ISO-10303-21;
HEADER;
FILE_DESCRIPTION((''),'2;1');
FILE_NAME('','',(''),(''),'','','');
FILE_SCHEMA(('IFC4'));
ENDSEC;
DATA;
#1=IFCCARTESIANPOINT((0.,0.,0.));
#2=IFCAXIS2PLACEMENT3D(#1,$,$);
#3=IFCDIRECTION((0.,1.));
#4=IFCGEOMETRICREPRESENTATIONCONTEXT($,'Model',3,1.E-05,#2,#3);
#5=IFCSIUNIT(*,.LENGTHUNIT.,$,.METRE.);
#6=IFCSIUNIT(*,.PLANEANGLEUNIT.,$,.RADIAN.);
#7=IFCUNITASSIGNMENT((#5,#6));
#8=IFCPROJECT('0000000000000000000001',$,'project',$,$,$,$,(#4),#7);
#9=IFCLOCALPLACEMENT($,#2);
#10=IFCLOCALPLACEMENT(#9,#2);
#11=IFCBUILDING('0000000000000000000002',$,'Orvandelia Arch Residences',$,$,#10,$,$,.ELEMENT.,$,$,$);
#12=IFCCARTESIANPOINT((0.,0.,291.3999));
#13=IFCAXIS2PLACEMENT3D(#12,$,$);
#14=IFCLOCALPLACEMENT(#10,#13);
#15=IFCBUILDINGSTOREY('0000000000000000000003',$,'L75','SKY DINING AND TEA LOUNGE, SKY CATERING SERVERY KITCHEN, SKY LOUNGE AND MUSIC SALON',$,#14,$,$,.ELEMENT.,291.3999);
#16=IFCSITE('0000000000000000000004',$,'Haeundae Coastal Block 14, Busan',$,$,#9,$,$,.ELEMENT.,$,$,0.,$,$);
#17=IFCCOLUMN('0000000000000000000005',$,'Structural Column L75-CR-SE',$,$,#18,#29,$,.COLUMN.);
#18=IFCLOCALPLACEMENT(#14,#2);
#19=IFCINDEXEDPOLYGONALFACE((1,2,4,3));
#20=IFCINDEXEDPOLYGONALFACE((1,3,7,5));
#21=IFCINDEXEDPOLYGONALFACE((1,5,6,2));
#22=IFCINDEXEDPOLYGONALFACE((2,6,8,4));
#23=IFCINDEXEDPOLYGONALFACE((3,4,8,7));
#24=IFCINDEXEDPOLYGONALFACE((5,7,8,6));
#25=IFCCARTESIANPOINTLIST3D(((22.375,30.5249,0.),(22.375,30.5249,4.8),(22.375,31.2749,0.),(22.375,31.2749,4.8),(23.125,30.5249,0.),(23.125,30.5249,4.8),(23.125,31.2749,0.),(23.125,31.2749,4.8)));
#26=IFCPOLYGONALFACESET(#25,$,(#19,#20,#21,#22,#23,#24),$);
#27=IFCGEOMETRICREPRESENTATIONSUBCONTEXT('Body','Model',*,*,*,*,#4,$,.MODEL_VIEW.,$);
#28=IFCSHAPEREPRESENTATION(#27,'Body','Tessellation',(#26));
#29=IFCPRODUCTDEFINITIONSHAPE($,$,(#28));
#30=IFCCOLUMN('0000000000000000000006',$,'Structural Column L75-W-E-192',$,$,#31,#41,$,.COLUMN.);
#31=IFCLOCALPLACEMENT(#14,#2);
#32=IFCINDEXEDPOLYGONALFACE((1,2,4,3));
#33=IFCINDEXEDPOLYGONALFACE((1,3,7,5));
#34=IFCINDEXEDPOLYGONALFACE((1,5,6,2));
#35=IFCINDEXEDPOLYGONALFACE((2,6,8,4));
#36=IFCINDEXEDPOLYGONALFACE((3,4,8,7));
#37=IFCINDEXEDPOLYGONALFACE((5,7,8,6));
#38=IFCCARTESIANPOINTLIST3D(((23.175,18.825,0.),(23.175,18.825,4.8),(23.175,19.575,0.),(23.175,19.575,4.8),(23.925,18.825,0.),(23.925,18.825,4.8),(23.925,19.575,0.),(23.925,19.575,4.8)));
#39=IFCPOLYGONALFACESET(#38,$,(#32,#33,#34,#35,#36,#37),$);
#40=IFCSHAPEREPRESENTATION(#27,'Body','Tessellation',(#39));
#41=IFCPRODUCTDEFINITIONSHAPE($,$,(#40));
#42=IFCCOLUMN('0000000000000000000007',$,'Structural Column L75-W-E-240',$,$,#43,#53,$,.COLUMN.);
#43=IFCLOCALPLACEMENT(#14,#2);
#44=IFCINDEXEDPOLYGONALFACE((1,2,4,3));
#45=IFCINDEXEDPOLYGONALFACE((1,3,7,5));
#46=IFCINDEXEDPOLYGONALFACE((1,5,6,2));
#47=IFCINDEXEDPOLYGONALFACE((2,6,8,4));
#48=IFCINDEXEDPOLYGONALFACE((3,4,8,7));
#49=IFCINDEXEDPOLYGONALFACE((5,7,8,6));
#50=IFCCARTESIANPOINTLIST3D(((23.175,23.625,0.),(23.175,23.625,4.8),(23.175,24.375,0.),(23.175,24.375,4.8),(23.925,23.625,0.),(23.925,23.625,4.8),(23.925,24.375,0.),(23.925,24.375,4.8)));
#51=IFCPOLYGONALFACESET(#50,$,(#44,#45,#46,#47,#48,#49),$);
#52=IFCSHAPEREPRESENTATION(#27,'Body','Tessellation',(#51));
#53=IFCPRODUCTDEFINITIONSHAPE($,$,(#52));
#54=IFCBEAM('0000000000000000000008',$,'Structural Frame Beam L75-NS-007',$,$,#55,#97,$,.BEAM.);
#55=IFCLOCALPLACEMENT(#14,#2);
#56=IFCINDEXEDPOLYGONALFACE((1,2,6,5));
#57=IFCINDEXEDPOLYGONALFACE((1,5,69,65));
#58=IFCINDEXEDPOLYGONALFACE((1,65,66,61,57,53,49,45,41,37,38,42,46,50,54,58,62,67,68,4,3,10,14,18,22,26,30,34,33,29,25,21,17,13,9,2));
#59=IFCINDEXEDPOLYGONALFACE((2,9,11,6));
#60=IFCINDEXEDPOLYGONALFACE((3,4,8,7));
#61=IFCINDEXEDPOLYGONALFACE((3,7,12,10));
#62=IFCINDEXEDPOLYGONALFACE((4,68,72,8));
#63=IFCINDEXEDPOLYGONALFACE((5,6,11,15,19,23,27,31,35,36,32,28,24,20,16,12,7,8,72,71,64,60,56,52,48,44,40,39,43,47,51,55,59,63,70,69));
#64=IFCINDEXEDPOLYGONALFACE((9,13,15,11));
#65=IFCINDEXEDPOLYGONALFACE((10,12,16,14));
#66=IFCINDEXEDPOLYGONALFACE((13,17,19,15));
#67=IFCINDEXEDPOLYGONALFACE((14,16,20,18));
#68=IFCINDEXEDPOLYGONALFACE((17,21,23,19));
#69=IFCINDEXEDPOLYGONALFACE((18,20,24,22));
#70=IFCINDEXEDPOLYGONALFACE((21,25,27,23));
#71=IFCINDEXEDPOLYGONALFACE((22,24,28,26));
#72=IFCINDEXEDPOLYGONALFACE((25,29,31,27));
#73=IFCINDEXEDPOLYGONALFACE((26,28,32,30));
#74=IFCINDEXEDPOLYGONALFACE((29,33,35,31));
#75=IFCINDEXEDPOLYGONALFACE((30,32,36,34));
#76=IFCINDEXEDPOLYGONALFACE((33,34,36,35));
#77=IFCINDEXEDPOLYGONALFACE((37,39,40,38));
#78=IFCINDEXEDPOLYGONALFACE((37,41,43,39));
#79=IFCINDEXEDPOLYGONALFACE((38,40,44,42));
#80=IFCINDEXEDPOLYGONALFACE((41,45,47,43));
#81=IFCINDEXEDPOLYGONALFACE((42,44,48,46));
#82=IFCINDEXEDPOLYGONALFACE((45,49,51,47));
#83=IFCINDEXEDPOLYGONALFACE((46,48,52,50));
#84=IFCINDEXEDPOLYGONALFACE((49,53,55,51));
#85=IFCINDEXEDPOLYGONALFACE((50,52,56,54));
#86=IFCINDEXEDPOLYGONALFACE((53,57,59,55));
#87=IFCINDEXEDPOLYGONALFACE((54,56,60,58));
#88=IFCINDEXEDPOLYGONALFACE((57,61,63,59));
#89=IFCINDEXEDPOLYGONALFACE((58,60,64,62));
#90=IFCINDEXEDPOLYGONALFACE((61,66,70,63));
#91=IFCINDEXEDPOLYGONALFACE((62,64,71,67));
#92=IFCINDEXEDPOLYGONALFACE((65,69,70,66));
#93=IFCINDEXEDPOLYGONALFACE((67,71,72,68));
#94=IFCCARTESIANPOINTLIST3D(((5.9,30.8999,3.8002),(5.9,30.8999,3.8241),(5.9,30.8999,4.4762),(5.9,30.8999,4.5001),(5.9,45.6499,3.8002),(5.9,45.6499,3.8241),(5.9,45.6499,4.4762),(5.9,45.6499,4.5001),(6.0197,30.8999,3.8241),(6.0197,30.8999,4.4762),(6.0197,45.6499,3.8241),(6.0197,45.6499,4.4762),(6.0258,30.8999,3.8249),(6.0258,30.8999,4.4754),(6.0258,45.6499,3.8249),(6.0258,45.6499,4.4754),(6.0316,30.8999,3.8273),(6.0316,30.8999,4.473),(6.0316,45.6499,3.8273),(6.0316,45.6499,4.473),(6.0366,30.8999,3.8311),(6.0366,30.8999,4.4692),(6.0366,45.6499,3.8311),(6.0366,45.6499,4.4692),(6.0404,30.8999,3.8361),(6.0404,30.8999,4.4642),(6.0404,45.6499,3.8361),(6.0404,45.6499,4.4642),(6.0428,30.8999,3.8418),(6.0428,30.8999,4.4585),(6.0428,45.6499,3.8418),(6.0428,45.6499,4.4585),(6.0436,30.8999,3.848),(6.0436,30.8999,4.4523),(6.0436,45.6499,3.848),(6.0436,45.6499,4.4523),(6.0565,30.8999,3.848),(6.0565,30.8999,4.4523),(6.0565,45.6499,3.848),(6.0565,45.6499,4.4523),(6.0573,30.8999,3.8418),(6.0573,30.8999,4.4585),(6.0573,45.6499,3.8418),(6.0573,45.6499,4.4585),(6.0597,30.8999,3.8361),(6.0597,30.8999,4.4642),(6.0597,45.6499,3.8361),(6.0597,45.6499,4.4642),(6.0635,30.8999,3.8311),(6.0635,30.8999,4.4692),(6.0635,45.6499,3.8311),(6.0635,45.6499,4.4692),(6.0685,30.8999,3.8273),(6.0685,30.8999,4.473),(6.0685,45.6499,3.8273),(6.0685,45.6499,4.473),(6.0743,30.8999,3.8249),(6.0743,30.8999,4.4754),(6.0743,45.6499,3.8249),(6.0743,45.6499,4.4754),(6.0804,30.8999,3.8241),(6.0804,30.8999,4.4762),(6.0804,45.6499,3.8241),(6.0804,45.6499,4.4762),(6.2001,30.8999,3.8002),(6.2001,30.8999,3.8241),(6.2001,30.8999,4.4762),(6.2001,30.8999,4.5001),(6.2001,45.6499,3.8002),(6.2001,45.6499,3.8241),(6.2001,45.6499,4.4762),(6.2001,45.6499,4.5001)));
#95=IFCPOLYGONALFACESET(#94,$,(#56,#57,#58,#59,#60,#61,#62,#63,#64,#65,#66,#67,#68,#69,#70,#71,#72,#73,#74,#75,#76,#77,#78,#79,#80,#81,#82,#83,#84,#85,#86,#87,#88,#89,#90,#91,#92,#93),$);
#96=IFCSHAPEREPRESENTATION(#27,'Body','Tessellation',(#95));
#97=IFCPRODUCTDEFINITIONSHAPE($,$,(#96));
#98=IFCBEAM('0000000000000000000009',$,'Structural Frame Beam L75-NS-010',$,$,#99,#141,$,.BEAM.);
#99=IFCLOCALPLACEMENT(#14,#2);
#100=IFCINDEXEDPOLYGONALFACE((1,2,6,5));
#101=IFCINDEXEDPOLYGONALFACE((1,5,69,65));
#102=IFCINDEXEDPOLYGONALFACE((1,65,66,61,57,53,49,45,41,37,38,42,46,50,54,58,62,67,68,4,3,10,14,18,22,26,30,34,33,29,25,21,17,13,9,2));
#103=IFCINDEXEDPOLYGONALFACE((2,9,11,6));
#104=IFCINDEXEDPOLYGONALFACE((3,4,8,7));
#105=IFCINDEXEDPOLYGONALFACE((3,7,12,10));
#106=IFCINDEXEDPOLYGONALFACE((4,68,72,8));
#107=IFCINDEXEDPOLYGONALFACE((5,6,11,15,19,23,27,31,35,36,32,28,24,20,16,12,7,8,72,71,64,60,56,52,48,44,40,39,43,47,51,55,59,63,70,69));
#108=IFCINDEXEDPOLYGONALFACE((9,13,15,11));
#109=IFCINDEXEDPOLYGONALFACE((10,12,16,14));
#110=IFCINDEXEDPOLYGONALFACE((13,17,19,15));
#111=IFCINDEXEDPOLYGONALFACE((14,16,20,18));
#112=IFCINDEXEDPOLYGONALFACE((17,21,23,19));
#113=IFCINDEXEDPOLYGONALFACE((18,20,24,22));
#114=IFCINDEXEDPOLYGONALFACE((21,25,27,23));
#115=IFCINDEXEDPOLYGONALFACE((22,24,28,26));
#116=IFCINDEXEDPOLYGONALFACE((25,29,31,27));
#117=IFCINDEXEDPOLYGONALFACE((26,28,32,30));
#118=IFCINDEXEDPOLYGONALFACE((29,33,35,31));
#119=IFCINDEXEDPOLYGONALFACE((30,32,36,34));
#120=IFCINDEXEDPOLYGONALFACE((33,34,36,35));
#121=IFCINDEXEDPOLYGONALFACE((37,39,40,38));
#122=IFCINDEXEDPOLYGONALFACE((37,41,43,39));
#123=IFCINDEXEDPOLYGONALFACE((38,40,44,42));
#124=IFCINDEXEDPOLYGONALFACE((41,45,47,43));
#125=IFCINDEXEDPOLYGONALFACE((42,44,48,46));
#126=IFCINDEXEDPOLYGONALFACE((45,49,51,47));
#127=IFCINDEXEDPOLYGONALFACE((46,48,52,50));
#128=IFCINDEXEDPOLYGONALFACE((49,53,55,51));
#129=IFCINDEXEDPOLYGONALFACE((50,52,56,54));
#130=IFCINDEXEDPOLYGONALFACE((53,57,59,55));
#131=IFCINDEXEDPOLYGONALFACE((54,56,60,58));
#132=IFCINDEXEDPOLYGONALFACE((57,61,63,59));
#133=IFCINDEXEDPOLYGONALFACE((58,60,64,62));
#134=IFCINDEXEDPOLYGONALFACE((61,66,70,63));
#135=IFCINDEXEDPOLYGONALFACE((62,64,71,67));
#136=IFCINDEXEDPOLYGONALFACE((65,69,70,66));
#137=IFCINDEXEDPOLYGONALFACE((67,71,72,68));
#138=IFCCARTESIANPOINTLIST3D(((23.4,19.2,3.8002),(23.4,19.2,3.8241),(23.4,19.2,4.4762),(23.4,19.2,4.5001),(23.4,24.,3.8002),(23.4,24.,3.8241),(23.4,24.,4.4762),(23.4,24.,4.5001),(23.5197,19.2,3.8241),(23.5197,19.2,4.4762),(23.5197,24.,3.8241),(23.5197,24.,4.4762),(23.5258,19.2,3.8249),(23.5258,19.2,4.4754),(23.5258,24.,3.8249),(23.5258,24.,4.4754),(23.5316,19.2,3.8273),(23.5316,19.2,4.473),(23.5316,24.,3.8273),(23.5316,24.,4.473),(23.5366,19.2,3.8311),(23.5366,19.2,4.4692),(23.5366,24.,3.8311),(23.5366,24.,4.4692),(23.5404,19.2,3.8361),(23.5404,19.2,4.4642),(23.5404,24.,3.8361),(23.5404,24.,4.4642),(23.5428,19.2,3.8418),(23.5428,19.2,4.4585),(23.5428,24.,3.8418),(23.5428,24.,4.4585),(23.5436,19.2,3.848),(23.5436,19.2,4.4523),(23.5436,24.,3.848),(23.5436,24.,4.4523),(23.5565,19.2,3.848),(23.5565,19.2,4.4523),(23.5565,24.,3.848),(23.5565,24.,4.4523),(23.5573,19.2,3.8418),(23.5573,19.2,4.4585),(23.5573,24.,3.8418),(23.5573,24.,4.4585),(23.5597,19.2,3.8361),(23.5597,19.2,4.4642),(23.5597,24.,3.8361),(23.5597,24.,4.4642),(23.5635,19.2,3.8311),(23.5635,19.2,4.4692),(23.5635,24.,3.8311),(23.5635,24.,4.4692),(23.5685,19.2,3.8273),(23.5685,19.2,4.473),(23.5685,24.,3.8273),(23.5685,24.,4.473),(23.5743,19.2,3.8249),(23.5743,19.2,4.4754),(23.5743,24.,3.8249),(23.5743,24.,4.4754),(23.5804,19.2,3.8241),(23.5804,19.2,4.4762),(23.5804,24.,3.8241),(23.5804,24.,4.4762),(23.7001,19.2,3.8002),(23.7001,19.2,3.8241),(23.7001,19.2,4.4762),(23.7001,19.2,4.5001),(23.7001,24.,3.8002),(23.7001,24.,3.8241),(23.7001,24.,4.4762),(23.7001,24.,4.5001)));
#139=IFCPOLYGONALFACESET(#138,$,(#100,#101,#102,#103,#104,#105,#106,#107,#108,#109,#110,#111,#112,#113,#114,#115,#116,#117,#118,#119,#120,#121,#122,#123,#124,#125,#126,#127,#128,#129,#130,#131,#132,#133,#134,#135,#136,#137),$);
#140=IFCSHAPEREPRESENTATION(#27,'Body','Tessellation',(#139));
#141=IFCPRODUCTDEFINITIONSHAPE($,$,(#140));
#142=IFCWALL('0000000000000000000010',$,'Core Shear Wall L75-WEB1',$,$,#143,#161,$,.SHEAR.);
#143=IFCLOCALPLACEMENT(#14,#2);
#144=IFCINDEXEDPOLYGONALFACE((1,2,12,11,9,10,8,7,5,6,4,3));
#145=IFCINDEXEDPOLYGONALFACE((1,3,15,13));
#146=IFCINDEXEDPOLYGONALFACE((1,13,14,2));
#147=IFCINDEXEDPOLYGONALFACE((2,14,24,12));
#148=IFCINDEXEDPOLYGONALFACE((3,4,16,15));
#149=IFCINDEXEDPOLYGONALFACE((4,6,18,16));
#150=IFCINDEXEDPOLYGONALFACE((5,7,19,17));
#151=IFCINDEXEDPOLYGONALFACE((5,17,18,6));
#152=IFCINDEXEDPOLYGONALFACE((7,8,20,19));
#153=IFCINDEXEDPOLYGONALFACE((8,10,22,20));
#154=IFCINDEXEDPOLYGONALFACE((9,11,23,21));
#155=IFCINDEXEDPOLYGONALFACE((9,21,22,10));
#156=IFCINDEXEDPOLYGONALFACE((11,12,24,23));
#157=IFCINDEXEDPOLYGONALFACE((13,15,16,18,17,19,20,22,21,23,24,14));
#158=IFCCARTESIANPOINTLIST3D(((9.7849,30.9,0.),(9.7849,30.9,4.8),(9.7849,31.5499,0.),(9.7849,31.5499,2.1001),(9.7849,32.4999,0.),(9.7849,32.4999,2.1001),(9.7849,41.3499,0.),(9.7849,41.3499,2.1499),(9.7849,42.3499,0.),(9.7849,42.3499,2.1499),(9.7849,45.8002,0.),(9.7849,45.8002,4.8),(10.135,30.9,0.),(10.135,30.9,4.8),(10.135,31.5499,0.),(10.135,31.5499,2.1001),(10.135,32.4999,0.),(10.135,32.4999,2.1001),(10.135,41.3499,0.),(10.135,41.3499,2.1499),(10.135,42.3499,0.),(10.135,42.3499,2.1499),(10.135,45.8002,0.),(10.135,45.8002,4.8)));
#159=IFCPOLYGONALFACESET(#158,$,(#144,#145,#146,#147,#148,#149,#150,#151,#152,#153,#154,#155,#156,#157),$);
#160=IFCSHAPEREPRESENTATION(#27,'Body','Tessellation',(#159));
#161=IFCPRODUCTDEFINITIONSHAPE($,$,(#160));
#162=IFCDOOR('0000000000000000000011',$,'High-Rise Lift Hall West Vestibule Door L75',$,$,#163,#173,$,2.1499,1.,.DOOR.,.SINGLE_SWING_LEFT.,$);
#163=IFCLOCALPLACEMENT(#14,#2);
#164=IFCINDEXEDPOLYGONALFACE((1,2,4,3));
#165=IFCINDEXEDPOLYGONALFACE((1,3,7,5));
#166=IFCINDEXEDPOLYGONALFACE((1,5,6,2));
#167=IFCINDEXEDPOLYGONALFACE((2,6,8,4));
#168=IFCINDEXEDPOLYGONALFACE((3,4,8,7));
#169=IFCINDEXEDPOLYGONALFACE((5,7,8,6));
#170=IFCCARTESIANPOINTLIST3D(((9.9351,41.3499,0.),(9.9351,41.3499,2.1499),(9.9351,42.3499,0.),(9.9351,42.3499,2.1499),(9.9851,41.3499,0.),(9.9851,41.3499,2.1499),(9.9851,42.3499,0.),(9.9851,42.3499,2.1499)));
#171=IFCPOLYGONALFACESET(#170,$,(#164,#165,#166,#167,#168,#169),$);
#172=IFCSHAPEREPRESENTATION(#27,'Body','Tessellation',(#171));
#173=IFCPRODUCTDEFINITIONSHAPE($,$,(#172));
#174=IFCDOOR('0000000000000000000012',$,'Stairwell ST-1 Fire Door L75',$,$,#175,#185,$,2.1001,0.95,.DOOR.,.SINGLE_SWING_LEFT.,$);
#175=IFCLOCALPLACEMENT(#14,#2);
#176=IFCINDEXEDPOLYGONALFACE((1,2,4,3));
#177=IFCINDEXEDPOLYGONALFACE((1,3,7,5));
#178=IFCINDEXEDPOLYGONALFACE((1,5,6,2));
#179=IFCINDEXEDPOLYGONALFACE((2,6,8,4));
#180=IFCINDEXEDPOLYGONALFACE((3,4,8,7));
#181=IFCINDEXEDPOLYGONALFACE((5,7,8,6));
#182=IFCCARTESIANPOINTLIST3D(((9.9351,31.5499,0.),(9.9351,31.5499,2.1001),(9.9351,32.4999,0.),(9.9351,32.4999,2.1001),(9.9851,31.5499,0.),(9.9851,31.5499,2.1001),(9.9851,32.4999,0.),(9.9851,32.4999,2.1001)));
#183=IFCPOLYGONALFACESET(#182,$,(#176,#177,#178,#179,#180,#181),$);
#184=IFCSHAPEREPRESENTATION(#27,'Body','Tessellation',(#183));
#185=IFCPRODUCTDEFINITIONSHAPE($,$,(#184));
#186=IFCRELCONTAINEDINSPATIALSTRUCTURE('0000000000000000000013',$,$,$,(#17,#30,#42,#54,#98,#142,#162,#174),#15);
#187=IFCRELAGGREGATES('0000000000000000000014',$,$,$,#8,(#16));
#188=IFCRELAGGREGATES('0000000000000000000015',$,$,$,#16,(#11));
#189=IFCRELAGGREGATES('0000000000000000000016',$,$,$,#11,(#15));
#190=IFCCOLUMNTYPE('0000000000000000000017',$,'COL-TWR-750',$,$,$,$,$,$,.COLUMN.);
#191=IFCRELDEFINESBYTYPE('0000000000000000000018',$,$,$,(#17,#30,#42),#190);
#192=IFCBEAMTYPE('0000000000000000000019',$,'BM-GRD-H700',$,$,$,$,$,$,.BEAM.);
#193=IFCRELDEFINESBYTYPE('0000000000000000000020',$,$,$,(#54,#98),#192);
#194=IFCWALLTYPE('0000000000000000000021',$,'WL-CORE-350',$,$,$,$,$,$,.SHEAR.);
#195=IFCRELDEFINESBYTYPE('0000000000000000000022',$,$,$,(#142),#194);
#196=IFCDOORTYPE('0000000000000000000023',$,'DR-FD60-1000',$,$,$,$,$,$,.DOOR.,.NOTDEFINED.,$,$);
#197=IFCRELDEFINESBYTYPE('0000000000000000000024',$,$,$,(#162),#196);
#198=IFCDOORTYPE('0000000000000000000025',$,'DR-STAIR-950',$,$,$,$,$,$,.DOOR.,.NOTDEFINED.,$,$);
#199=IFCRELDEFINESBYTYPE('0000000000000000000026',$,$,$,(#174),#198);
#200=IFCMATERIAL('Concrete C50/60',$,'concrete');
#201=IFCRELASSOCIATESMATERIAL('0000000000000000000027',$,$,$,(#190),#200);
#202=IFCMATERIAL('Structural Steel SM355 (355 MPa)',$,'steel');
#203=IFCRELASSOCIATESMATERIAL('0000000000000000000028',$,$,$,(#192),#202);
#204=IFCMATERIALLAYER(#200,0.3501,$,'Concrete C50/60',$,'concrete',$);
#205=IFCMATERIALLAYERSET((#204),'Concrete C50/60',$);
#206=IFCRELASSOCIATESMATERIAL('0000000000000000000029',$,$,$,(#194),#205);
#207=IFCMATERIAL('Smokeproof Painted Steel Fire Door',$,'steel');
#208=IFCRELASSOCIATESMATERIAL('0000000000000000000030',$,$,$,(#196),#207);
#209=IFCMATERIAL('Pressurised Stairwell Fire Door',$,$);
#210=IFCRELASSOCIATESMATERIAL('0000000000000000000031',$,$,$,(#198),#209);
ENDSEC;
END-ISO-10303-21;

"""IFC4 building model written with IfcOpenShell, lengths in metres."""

from ifc_helpers import new_model, si_unit, direction, frame, frame_2d, origin, origin_2d, place, context, subcontext, project, spatial, rectangle, i_section, extrude, material, layer, layer_set, material_profile, profile_set, type_object, element, fill, save


model = new_model("IFC4")

# Units and contexts
model_context = context("Model", 3, precision=1e-05, world=origin(), true_north=direction((0.0, 1.0)))
body_context = subcontext(model_context, "Body", "Model", "MODEL_VIEW")
ifc_project = project(units=[si_unit("LENGTHUNIT", "METRE"), si_unit("PLANEANGLEUNIT", "RADIAN")], contexts=[model_context])

# Site, building, storey
site_placement = place(None, origin())
site = spatial("IfcSite", under=ifc_project, at=site_placement, Name="Haeundae Coastal Block 14, Busan", CompositionType="ELEMENT", RefElevation=0.0)
building_placement = place(site_placement, origin())
building = spatial("IfcBuilding", under=site, at=building_placement, Name="Orvandelia Arch Residences", CompositionType="ELEMENT")
storey_placement = place(building_placement, frame((0.0, 0.0, 291.3999)))
storey = spatial("IfcBuildingStorey", under=building, at=storey_placement, Name="L75", Description="SKY DINING AND TEA LOUNGE, SKY CATERING SERVERY KITCHEN, SKY LOUNGE AND MUSIC SALON", CompositionType="ELEMENT", Elevation=291.3999)

# Columns
ifc_material_1 = material(Name="Concrete C50/60", Category="concrete")
ifc_material_profile_1 = material_profile(ifc_material_1, rectangle(XDim=0.75, YDim=0.75, at=origin_2d()), Name="Concrete C50/60", Category="concrete")
ifc_profile_set_1 = profile_set([ifc_material_profile_1], Name="Concrete C50/60")
column_type = type_object("IfcColumnType", Name="COL-TWR-750", PredefinedType="COLUMN", material=ifc_profile_set_1)
for number, where, z_axis, x_axis, name in (
    (1, (22.75, 30.8999, 0.0), (0.0, 0.0, 1.0), (1.0, 0.0, 0.0), "Structural Column L75-CR-SE"),
    (2, (23.55, 19.2, 0.0), (0.0, 0.0, 1.0), (1.0, 0.0, 0.0), "Structural Column L75-W-E-192"),
    (3, (23.55, 24.0, 0.0), (0.0, 0.0, 1.0), (1.0, 0.0, 0.0), "Structural Column L75-W-E-240"),
):
    element("IfcColumn", number, at=place(storey_placement, frame(where, z_axis=z_axis, x_axis=x_axis)), inside=storey, type_object=column_type, Name=name, PredefinedType="COLUMN", context=body_context, shape_type="SweptSolid", body=[
        extrude(rectangle(XDim=0.75, YDim=0.75, at=origin_2d()), origin(), (0.0, 0.0, 1.0), 4.8),
    ])

# Beams
ifc_material_2 = material(Name="Structural Steel SM355 (355 MPa)", Category="steel")
ifc_material_profile_2 = material_profile(ifc_material_2, i_section(OverallWidth=0.3, OverallDepth=0.7, WebThickness=0.0129, FlangeThickness=0.0239, FilletRadius=0.0239, at=origin_2d()), Name="Structural Steel SM355 (355 MPa)", Category="steel")
ifc_profile_set_2 = profile_set([ifc_material_profile_2], Name="Structural Steel SM355 (355 MPa)")
beam_type = type_object("IfcBeamType", Name="BM-GRD-H700", PredefinedType="BEAM", material=ifc_profile_set_2)
beam_1_placement = place(storey_placement, frame((6.05, 30.8999, 4.1501), z_axis=(0.0, 1.0, 0.0), x_axis=(-1.0, 0.0, 0.0)))
element("IfcBeam", 4, at=beam_1_placement, inside=storey, type_object=beam_type, Name="Structural Frame Beam L75-NS-007", PredefinedType="BEAM", context=body_context, shape_type="SweptSolid", body=[
    extrude(i_section(OverallWidth=0.3, OverallDepth=0.7, WebThickness=0.0129, FlangeThickness=0.0239, FilletRadius=0.0239, at=origin_2d()), origin(), (0.0, 0.0, 1.0), 14.75),
])
beam_2_placement = place(storey_placement, frame((23.55, 19.2, 4.1501), z_axis=(0.0, 1.0, 0.0), x_axis=(-1.0, 0.0, 0.0)))
element("IfcBeam", 5, at=beam_2_placement, inside=storey, type_object=beam_type, Name="Structural Frame Beam L75-NS-010", PredefinedType="BEAM", context=body_context, shape_type="SweptSolid", body=[
    extrude(i_section(OverallWidth=0.3, OverallDepth=0.7, WebThickness=0.0129, FlangeThickness=0.0239, FilletRadius=0.0239, at=origin_2d()), origin(), (0.0, 0.0, 1.0), 4.8),
])

# Wall, openings, doors
ifc_layer_1 = layer(ifc_material_1, 0.3501, Name="Concrete C50/60", Category="concrete")
ifc_layer_set_1 = layer_set([ifc_layer_1], Name="Concrete C50/60")
wall_type_1 = type_object("IfcWallType", Name="WL-CORE-350", PredefinedType="SHEAR", material=ifc_layer_set_1)
wall_1_placement = place(storey_placement, frame((9.96, 30.8999, 0.0), z_axis=(0.0, 0.0, 1.0), x_axis=(0.0, 1.0, 0.0)))
wall_1 = element("IfcWall", 6, at=wall_1_placement, inside=storey, type_object=wall_type_1, Name="Core Shear Wall L75-WEB1", PredefinedType="SHEAR", context=body_context, shape_type="SweptSolid", body=[
    extrude(rectangle(XDim=14.9001, YDim=0.3501, at=frame_2d((7.4502, 0.0))), origin(), (0.0, 0.0, 1.0), 4.8),
])
opening_1_placement = place(wall_1_placement, frame((0.6499, 0.0, 0.0)))
opening_1 = element("IfcOpeningElement", 7, at=opening_1_placement, cuts=wall_1, PredefinedType="OPENING", context=body_context, shape_type="SweptSolid", body=[
    extrude(rectangle(XDim=0.95, YDim=2.1001, at=frame_2d((0.4751, 1.05))), frame((0.0, 0.1851, 0.0), z_axis=(0.0, -1.0, 0.0), x_axis=(1.0, 0.0, 0.0)), (0.0, 0.0, 1.0), 0.3701),
])
opening_2_placement = place(wall_1_placement, frame((10.45, 0.0, 0.0)))
opening_2 = element("IfcOpeningElement", 8, at=opening_2_placement, cuts=wall_1, PredefinedType="OPENING", context=body_context, shape_type="SweptSolid", body=[
    extrude(rectangle(XDim=1.0, YDim=2.1499, at=frame_2d((0.5, 1.075))), frame((0.0, 0.1851, 0.0), z_axis=(0.0, -1.0, 0.0), x_axis=(1.0, 0.0, 0.0)), (0.0, 0.0, 1.0), 0.3701),
])
ifc_material_3 = material(Name="Smokeproof Painted Steel Fire Door", Category="steel")
door_type_1 = type_object("IfcDoorType", Name="DR-FD60-1000", OperationType="NOTDEFINED", PredefinedType="DOOR", material=ifc_material_3)
door_1_placement = place(opening_2_placement, origin())
door_1 = element("IfcDoor", 9, at=door_1_placement, inside=storey, type_object=door_type_1, Name="High-Rise Lift Hall West Vestibule Door L75", OperationType="SINGLE_SWING_LEFT", OverallHeight=2.1499, OverallWidth=1.0, PredefinedType="DOOR", context=body_context, shape_type="SweptSolid", body=[
    extrude(rectangle(XDim=1.0, YDim=2.1499, at=frame_2d((0.5, 1.075))), frame((0.0, 0.0249, 0.0), z_axis=(0.0, -1.0, 0.0), x_axis=(1.0, 0.0, 0.0)), (0.0, 0.0, 1.0), 0.05),
])
fill(opening_2, door_1)
ifc_material_4 = material(Name="Pressurised Stairwell Fire Door")
door_type_2 = type_object("IfcDoorType", Name="DR-STAIR-950", OperationType="NOTDEFINED", PredefinedType="DOOR", material=ifc_material_4)
door_2_placement = place(opening_1_placement, origin())
door_2 = element("IfcDoor", 10, at=door_2_placement, inside=storey, type_object=door_type_2, Name="Stairwell ST-1 Fire Door L75", OperationType="SINGLE_SWING_LEFT", OverallHeight=2.1001, OverallWidth=0.95, PredefinedType="DOOR", context=body_context, shape_type="SweptSolid", body=[
    extrude(rectangle(XDim=0.95, YDim=2.1001, at=frame_2d((0.4751, 1.05))), frame((0.0, 0.0249, 0.0), z_axis=(0.0, -1.0, 0.0), x_axis=(1.0, 0.0, 0.0)), (0.0, 0.0, 1.0), 0.05),
])
fill(opening_1, door_2)

save(model, "model.ifc")
